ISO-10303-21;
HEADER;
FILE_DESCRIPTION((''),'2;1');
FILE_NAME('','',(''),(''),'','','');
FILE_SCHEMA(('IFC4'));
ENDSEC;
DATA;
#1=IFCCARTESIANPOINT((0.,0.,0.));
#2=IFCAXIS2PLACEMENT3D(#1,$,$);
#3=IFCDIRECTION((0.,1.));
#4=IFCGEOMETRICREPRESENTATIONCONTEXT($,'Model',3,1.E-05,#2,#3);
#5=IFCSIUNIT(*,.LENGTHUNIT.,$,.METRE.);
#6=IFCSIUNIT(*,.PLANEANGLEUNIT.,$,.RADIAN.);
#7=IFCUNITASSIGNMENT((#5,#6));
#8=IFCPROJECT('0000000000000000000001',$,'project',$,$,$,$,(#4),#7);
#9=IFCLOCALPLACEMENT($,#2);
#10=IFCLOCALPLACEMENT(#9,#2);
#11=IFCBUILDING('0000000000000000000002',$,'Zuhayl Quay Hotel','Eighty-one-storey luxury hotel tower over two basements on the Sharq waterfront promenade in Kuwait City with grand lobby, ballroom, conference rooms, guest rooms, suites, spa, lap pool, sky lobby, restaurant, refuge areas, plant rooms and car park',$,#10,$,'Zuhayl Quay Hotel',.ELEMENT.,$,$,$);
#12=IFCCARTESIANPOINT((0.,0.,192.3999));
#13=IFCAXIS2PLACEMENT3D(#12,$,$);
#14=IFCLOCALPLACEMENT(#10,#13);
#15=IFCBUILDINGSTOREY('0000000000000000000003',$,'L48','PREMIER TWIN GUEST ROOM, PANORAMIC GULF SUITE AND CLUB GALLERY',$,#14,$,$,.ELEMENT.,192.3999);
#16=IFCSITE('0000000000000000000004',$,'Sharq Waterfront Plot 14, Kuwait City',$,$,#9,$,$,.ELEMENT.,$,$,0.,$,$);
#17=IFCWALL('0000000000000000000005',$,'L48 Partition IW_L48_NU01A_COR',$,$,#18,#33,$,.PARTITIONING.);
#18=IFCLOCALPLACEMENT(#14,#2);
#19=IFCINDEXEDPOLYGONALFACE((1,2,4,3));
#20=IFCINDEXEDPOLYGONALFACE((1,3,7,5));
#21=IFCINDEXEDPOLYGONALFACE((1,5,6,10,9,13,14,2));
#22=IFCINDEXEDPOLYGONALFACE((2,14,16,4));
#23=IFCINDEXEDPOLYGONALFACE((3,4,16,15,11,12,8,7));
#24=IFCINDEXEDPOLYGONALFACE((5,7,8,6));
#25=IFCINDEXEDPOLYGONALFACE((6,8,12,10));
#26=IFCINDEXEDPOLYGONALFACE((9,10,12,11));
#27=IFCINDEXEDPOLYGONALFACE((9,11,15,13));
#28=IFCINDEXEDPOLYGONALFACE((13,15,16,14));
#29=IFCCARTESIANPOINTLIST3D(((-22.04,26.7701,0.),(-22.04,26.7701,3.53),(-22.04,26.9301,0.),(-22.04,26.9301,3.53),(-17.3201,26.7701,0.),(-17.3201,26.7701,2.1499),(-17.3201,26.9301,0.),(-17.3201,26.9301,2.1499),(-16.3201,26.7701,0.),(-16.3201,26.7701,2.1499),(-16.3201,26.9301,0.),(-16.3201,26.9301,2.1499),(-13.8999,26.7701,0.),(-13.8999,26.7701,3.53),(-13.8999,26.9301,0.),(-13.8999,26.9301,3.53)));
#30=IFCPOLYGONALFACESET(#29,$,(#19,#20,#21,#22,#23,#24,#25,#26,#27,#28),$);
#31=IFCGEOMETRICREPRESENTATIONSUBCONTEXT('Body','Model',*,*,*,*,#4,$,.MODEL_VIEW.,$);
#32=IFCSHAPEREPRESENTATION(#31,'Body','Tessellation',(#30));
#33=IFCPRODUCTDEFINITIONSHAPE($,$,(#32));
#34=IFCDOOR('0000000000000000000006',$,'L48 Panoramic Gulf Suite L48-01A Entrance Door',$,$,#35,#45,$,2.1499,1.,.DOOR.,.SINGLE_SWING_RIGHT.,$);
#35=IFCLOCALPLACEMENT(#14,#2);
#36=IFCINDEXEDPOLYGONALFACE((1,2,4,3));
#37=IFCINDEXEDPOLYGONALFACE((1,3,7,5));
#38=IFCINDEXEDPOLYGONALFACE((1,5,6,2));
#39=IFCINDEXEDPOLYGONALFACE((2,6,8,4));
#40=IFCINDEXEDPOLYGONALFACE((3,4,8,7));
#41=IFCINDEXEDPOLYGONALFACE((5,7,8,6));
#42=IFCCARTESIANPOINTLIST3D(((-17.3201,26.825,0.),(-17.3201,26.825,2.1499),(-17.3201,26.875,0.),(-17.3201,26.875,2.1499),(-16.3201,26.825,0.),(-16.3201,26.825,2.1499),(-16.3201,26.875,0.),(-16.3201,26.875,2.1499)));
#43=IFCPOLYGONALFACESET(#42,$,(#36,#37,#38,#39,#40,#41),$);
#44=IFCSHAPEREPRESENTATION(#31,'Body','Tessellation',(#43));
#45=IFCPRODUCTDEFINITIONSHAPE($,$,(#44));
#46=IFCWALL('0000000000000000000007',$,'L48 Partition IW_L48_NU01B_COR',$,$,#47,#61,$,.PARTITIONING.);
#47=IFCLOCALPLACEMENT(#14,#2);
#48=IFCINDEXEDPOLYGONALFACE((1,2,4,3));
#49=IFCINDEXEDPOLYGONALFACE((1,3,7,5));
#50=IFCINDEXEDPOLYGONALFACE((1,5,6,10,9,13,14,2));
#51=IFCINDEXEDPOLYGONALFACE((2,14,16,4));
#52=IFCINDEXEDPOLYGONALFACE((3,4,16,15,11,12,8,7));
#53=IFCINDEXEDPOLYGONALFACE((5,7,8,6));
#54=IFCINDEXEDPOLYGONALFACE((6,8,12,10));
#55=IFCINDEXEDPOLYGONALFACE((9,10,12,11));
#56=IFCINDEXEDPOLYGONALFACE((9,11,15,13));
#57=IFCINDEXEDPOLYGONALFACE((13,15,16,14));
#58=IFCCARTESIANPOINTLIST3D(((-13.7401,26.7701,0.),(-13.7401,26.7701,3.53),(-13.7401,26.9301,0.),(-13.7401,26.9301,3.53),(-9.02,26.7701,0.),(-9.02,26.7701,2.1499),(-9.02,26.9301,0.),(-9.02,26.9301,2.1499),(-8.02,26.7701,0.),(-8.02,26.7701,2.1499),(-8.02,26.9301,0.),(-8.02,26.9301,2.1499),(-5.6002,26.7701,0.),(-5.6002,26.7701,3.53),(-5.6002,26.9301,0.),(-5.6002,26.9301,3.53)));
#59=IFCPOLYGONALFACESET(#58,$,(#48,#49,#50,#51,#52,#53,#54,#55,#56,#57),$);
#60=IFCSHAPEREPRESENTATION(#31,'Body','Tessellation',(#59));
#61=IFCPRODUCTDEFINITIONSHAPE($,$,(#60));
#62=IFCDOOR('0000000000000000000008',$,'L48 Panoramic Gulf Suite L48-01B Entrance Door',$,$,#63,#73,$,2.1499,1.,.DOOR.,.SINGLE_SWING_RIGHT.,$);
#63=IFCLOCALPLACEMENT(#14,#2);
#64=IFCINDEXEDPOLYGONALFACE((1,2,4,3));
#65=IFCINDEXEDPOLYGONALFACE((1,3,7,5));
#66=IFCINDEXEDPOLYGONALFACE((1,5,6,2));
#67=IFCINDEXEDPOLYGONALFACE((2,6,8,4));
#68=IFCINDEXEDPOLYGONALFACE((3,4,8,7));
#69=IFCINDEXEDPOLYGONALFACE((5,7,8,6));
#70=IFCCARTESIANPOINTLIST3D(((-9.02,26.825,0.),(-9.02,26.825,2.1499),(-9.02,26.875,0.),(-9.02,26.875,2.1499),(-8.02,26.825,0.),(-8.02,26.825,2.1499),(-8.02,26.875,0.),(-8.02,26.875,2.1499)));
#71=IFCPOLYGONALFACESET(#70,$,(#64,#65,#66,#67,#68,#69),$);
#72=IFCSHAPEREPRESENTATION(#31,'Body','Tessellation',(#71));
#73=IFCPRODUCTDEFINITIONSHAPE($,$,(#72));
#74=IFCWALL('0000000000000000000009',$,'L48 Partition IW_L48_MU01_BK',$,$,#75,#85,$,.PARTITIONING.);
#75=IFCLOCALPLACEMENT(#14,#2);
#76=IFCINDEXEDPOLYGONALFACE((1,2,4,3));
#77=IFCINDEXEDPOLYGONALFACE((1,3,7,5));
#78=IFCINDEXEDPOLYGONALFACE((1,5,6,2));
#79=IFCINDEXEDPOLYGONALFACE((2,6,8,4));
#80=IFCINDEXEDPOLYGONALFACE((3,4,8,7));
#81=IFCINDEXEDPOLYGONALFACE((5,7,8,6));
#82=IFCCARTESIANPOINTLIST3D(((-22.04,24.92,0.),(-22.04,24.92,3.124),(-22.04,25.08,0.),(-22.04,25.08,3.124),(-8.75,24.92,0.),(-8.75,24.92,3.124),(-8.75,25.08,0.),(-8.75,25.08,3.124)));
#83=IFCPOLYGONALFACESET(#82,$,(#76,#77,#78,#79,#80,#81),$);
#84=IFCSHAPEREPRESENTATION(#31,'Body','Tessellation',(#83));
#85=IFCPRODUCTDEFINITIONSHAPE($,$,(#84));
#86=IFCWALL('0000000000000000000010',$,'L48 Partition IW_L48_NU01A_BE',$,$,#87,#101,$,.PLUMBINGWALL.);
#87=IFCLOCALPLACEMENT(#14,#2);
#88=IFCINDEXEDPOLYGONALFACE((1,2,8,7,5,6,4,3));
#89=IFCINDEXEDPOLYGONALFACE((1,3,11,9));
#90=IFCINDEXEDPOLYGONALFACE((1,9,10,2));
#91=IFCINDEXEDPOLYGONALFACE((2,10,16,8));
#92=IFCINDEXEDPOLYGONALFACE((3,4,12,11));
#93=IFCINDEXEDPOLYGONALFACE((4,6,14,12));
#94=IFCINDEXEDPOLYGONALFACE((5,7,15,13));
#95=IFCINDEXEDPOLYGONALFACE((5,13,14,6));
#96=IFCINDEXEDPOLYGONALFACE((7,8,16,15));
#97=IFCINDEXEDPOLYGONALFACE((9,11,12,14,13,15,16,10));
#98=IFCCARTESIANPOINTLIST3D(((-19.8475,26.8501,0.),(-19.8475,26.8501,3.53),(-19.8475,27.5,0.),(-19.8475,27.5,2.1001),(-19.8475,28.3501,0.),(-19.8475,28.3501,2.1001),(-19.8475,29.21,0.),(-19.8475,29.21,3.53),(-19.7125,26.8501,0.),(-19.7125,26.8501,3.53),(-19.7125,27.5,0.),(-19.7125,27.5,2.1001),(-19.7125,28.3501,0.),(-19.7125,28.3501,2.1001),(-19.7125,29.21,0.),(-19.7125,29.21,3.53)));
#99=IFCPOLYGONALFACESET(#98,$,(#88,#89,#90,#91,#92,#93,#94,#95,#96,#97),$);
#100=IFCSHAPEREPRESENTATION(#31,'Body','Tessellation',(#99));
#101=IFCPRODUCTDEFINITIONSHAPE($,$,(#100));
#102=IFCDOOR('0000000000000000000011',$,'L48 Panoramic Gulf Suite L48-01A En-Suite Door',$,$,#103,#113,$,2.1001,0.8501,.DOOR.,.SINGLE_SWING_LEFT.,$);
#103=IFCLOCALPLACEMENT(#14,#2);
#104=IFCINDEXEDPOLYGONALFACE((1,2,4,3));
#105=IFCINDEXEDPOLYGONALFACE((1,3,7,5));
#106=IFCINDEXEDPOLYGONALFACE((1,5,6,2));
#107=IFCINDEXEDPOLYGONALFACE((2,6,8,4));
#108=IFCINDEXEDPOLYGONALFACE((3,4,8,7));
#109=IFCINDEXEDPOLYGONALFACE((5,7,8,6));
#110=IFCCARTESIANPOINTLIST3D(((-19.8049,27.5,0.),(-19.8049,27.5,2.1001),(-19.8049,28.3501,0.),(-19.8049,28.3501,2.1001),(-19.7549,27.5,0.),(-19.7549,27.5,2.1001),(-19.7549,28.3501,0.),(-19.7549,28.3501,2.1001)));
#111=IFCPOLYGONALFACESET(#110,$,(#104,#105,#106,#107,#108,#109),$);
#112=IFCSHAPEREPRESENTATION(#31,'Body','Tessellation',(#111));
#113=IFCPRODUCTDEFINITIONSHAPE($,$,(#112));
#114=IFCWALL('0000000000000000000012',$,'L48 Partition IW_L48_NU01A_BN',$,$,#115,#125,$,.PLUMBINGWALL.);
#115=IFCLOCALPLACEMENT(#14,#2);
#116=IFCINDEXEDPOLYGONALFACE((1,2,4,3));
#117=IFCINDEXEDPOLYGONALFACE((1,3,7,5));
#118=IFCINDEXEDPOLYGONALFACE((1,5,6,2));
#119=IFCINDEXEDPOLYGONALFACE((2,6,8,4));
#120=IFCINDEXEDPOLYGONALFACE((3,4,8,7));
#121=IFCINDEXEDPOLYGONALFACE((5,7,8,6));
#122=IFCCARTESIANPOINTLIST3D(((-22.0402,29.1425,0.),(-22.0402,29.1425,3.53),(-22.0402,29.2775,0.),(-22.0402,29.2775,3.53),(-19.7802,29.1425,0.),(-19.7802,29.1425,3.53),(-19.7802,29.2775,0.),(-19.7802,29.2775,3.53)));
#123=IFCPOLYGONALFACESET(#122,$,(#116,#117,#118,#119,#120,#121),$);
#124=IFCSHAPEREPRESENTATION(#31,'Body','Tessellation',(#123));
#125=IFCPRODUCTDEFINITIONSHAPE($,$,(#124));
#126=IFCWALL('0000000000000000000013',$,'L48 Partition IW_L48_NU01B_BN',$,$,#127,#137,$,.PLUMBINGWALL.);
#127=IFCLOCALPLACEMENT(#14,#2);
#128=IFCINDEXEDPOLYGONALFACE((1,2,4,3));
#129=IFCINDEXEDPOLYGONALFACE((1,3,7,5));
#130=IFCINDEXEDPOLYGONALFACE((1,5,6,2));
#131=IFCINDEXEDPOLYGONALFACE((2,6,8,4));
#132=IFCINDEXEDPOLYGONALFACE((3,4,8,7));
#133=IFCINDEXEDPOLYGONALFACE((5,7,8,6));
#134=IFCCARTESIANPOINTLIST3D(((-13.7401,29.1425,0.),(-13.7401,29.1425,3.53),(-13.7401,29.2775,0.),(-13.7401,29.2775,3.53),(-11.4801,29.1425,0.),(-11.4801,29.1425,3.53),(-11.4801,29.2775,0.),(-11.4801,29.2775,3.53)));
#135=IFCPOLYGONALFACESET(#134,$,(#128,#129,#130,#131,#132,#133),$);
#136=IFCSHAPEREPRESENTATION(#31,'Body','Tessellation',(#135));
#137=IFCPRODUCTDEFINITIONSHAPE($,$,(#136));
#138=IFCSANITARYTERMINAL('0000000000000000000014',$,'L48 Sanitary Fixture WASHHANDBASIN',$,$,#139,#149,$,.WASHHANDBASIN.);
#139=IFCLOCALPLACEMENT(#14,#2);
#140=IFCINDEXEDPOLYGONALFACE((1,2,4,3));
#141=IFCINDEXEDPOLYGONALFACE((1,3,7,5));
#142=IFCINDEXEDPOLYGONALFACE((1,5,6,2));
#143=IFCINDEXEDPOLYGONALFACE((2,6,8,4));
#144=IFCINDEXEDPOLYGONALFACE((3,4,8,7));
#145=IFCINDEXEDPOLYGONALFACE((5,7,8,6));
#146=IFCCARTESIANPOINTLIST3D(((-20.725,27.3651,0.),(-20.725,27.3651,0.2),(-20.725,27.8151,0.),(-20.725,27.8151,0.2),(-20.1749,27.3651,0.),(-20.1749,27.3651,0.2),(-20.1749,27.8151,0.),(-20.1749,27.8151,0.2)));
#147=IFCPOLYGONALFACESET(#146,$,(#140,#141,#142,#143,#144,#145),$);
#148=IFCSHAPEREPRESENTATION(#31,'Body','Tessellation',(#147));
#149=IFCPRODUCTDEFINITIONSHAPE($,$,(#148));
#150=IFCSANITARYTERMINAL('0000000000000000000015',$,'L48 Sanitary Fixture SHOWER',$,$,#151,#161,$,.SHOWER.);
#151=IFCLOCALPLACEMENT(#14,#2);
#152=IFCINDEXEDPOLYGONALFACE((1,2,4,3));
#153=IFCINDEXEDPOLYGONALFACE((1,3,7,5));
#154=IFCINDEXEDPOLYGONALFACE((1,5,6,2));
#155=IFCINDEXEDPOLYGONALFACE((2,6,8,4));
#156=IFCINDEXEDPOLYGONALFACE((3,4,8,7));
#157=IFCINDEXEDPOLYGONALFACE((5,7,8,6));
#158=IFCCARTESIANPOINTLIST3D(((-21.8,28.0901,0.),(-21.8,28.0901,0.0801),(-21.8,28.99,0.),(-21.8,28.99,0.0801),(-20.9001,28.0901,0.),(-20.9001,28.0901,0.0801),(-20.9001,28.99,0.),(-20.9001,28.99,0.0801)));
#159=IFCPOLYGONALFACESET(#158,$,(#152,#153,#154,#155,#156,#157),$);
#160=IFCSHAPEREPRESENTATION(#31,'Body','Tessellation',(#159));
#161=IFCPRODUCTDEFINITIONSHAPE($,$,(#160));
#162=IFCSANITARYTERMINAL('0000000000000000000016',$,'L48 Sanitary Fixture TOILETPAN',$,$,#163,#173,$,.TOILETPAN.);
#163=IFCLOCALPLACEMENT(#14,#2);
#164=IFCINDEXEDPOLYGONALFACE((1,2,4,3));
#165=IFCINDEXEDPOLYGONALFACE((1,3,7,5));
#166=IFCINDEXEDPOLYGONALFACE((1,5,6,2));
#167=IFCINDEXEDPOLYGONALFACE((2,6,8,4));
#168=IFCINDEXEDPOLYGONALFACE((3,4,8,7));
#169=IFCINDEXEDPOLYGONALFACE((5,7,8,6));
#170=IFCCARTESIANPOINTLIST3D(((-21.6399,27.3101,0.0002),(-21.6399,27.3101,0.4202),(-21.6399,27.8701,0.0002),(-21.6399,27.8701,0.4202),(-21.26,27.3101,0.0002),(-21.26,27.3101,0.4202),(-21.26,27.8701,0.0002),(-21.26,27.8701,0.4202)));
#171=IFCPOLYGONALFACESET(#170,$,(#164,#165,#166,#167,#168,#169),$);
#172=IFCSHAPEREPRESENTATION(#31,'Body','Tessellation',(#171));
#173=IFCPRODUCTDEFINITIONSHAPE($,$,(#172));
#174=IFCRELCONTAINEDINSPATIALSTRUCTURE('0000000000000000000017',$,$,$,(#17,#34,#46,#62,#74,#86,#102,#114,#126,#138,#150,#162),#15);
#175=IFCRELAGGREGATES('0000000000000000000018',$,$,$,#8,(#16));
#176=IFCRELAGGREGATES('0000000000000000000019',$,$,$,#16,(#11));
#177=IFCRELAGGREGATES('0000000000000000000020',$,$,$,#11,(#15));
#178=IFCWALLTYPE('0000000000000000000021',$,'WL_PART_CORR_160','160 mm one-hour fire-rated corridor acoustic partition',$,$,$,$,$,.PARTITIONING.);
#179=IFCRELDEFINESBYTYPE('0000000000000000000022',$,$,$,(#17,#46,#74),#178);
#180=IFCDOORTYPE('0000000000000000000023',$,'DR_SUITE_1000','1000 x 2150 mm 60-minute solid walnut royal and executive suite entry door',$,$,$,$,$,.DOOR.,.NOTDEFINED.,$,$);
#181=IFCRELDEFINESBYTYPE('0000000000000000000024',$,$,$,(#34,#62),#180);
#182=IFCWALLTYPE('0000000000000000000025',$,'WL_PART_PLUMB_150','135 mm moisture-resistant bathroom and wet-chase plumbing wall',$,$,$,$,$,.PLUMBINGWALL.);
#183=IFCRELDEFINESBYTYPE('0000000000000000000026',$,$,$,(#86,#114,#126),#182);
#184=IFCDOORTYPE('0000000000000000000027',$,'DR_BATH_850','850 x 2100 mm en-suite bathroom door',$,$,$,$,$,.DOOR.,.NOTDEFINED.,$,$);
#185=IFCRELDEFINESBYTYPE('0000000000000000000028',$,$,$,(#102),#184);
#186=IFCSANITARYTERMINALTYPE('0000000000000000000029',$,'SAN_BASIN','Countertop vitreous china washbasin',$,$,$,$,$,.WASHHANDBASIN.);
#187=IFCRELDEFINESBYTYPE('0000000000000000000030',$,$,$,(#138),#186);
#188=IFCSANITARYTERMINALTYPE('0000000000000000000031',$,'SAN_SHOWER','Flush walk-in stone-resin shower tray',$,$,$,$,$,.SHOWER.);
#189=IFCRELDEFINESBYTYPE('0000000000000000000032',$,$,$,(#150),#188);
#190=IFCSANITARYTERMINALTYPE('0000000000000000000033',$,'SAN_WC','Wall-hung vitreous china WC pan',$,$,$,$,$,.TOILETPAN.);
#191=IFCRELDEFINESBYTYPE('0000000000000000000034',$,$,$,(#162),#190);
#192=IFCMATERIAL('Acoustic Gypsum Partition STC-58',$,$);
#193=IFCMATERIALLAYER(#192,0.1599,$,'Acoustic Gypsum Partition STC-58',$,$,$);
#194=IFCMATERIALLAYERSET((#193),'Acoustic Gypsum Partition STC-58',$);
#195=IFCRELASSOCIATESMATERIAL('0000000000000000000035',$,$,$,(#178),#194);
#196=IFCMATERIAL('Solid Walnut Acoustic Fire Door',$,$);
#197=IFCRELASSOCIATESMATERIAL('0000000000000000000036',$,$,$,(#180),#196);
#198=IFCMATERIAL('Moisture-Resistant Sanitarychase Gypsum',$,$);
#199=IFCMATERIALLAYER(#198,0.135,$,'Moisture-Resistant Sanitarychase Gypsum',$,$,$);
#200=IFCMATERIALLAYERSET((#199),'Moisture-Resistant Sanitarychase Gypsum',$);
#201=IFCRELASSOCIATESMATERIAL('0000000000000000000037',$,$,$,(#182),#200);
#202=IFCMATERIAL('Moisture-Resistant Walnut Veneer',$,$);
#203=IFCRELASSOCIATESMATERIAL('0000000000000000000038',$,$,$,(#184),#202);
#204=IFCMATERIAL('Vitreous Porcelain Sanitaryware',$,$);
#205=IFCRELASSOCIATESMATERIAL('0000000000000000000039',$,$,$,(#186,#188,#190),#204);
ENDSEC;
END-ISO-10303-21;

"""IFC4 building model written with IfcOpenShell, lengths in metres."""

from ifc_helpers import new_model, si_unit, direction, frame, frame_2d, origin, origin_2d, place, context, subcontext, project, spatial, rectangle, extrude, material, layer, layer_set, type_object, element, fill, save


model = new_model("IFC4")

# Units and contexts
model_context = context("Model", 3, precision=1e-05, world=origin(), true_north=direction((0.0, 1.0)))
body_context = subcontext(model_context, "Body", "Model", "MODEL_VIEW")
ifc_project = project(units=[si_unit("LENGTHUNIT", "METRE"), si_unit("PLANEANGLEUNIT", "RADIAN")], contexts=[model_context])

# Site, building, storey
site_placement = place(None, origin())
site = spatial("IfcSite", under=ifc_project, at=site_placement, Name="Sharq Waterfront Plot 14, Kuwait City", CompositionType="ELEMENT", RefElevation=0.0)
building_placement = place(site_placement, origin())
building = spatial("IfcBuilding", under=site, at=building_placement, Name="Zuhayl Quay Hotel", Description="Eighty-one-storey luxury hotel tower over two basements on the Sharq waterfront promenade in Kuwait City with grand lobby, ballroom, conference rooms, guest rooms, suites, spa, lap pool, sky lobby, restaurant, refuge areas, plant rooms and car park", LongName="Zuhayl Quay Hotel", CompositionType="ELEMENT")
storey_placement = place(building_placement, frame((0.0, 0.0, 192.3999)))
storey = spatial("IfcBuildingStorey", under=building, at=storey_placement, Name="L48", Description="PREMIER TWIN GUEST ROOM, PANORAMIC GULF SUITE AND CLUB GALLERY", CompositionType="ELEMENT", Elevation=192.3999)

# Shared definitions
ifc_material_1 = material(Name="Acoustic Gypsum Partition STC-58")

# Walls, openings, doors
ifc_layer_1 = layer(ifc_material_1, 0.1599, Name="Acoustic Gypsum Partition STC-58")
ifc_layer_set_1 = layer_set([ifc_layer_1], Name="Acoustic Gypsum Partition STC-58")
wall_type_1 = type_object("IfcWallType", Name="WL_PART_CORR_160", Description="160 mm one-hour fire-rated corridor acoustic partition", PredefinedType="PARTITIONING", material=ifc_layer_set_1)
wall_1_placement = place(storey_placement, frame((-22.04, 26.8501, 0.0), z_axis=(0.0, 0.0, 1.0), x_axis=(1.0, 0.0, 0.0)))
wall_1 = element("IfcWall", 1, at=wall_1_placement, inside=storey, type_object=wall_type_1, Name="L48 Partition IW_L48_NU01A_COR", PredefinedType="PARTITIONING", context=body_context, shape_type="SweptSolid", body=[
    extrude(rectangle(XDim=8.1401, YDim=0.1599, at=frame_2d((4.0701, 0.0))), origin(), (0.0, 0.0, 1.0), 3.53),
])
opening_1_placement = place(wall_1_placement, frame((4.72, 0.0, 0.0)))
opening_1 = element("IfcOpeningElement", 2, at=opening_1_placement, cuts=wall_1, PredefinedType="OPENING", context=body_context, shape_type="SweptSolid", body=[
    extrude(rectangle(XDim=1.0, YDim=2.1499, at=frame_2d((0.5, 1.075))), frame((0.0, 0.0898, 0.0), z_axis=(0.0, -1.0, 0.0), x_axis=(1.0, 0.0, 0.0)), (0.0, 0.0, 1.0), 0.1799),
])
ifc_material_2 = material(Name="Solid Walnut Acoustic Fire Door")
door_type_1 = type_object("IfcDoorType", Name="DR_SUITE_1000", Description="1000 x 2150 mm 60-minute solid walnut royal and executive suite entry door", OperationType="NOTDEFINED", PredefinedType="DOOR", material=ifc_material_2)
door_1_placement = place(opening_1_placement, origin())
door_1 = element("IfcDoor", 3, at=door_1_placement, inside=storey, type_object=door_type_1, Name="L48 Panoramic Gulf Suite L48-01A Entrance Door", OperationType="SINGLE_SWING_RIGHT", OverallHeight=2.1499, OverallWidth=1.0, PredefinedType="DOOR", context=body_context, shape_type="SweptSolid", body=[
    extrude(rectangle(XDim=1.0, YDim=2.1499, at=frame_2d((0.5, 1.075))), frame((0.0, 0.0249, 0.0), z_axis=(0.0, -1.0, 0.0), x_axis=(1.0, 0.0, 0.0)), (0.0, 0.0, 1.0), 0.05),
])
fill(opening_1, door_1)
wall_2_placement = place(storey_placement, frame((-13.74, 26.8501, 0.0), z_axis=(0.0, 0.0, 1.0), x_axis=(1.0, 0.0, 0.0)))
wall_2 = element("IfcWall", 4, at=wall_2_placement, inside=storey, type_object=wall_type_1, Name="L48 Partition IW_L48_NU01B_COR", PredefinedType="PARTITIONING", context=body_context, shape_type="SweptSolid", body=[
    extrude(rectangle(XDim=8.1399, YDim=0.1599, at=frame_2d((4.0698, 0.0))), origin(), (0.0, 0.0, 1.0), 3.53),
])
opening_2_placement = place(wall_2_placement, frame((4.72, 0.0, 0.0)))
opening_2 = element("IfcOpeningElement", 5, at=opening_2_placement, cuts=wall_2, PredefinedType="OPENING", context=body_context, shape_type="SweptSolid", body=[
    extrude(rectangle(XDim=1.0, YDim=2.1499, at=frame_2d((0.5, 1.075))), frame((0.0, 0.0898, 0.0), z_axis=(0.0, -1.0, 0.0), x_axis=(1.0, 0.0, 0.0)), (0.0, 0.0, 1.0), 0.1799),
])
door_2_placement = place(opening_2_placement, origin())
door_2 = element("IfcDoor", 6, at=door_2_placement, inside=storey, type_object=door_type_1, Name="L48 Panoramic Gulf Suite L48-01B Entrance Door", OperationType="SINGLE_SWING_RIGHT", OverallHeight=2.1499, OverallWidth=1.0, PredefinedType="DOOR", context=body_context, shape_type="SweptSolid", body=[
    extrude(rectangle(XDim=1.0, YDim=2.1499, at=frame_2d((0.5, 1.075))), frame((0.0, 0.0249, 0.0), z_axis=(0.0, -1.0, 0.0), x_axis=(1.0, 0.0, 0.0)), (0.0, 0.0, 1.0), 0.05),
])
fill(opening_2, door_2)

# Wall
wall_3_placement = place(storey_placement, frame((-22.04, 25.0, 0.0), z_axis=(0.0, 0.0, 1.0), x_axis=(1.0, 0.0, 0.0)))
element("IfcWall", 7, at=wall_3_placement, inside=storey, type_object=wall_type_1, Name="L48 Partition IW_L48_MU01_BK", PredefinedType="PARTITIONING", context=body_context, shape_type="SweptSolid", body=[
    extrude(rectangle(XDim=13.29, YDim=0.1599, at=frame_2d((6.645, 0.0))), origin(), (0.0, 0.0, 1.0), 3.124),
])

# Wall, opening, door
ifc_material_3 = material(Name="Moisture-Resistant Sanitarychase Gypsum")
ifc_layer_2 = layer(ifc_material_3, 0.135, Name="Moisture-Resistant Sanitarychase Gypsum")
ifc_layer_set_2 = layer_set([ifc_layer_2], Name="Moisture-Resistant Sanitarychase Gypsum")
wall_type_2 = type_object("IfcWallType", Name="WL_PART_PLUMB_150", Description="135 mm moisture-resistant bathroom and wet-chase plumbing wall", PredefinedType="PLUMBINGWALL", material=ifc_layer_set_2)
wall_4_placement = place(storey_placement, frame((-19.78, 26.8501, 0.0), z_axis=(0.0, 0.0, 1.0), x_axis=(0.0, 1.0, 0.0)))
wall_4 = element("IfcWall", 8, at=wall_4_placement, inside=storey, type_object=wall_type_2, Name="L48 Partition IW_L48_NU01A_BE", PredefinedType="PLUMBINGWALL", context=body_context, shape_type="SweptSolid", body=[
    extrude(rectangle(XDim=2.3599, YDim=0.135, at=frame_2d((1.1799, 0.0))), origin(), (0.0, 0.0, 1.0), 3.53),
])
opening_3_placement = place(wall_4_placement, frame((0.6499, 0.0, 0.0)))
opening_3 = element("IfcOpeningElement", 9, at=opening_3_placement, cuts=wall_4, PredefinedType="OPENING", context=body_context, shape_type="SweptSolid", body=[
    extrude(rectangle(XDim=0.8501, YDim=2.1001, at=frame_2d((0.425, 1.05))), frame((0.0, 0.0774, 0.0), z_axis=(0.0, -1.0, 0.0), x_axis=(1.0, 0.0, 0.0)), (0.0, 0.0, 1.0), 0.155),
])
ifc_material_4 = material(Name="Moisture-Resistant Walnut Veneer")
door_type_2 = type_object("IfcDoorType", Name="DR_BATH_850", Description="850 x 2100 mm en-suite bathroom door", OperationType="NOTDEFINED", PredefinedType="DOOR", material=ifc_material_4)
door_3_placement = place(opening_3_placement, origin())
door_3 = element("IfcDoor", 10, at=door_3_placement, inside=storey, type_object=door_type_2, Name="L48 Panoramic Gulf Suite L48-01A En-Suite Door", OperationType="SINGLE_SWING_LEFT", OverallHeight=2.1001, OverallWidth=0.8501, PredefinedType="DOOR", context=body_context, shape_type="SweptSolid", body=[
    extrude(rectangle(XDim=0.8501, YDim=2.1001, at=frame_2d((0.425, 1.05))), frame((0.0, 0.0249, 0.0), z_axis=(0.0, -1.0, 0.0), x_axis=(1.0, 0.0, 0.0)), (0.0, 0.0, 1.0), 0.05),
])
fill(opening_3, door_3)

# Walls
for number, where, z_axis, x_axis, name in (
    (11, (-22.04, 29.21, 0.0), (0.0, 0.0, 1.0), (1.0, 0.0, 0.0), "L48 Partition IW_L48_NU01A_BN"),
    (12, (-13.74, 29.21, 0.0), (0.0, 0.0, 1.0), (1.0, 0.0, 0.0), "L48 Partition IW_L48_NU01B_BN"),
):
    element("IfcWall", number, at=place(storey_placement, frame(where, z_axis=z_axis, x_axis=x_axis)), inside=storey, type_object=wall_type_2, Name=name, PredefinedType="PLUMBINGWALL", context=body_context, shape_type="SweptSolid", body=[
        extrude(rectangle(XDim=2.26, YDim=0.135, at=frame_2d((1.1299, 0.0))), origin(), (0.0, 0.0, 1.0), 3.53),
    ])

# Sanitary terminals
ifc_material_5 = material(Name="Vitreous Porcelain Sanitaryware")
sanitary_terminal_type_1 = type_object("IfcSanitaryTerminalType", Name="SAN_BASIN", Description="Countertop vitreous china washbasin", PredefinedType="WASHHANDBASIN", material=ifc_material_5)
sanitary_terminal_1_placement = place(storey_placement, frame((-20.45, 27.5901, 0.0), z_axis=(0.0, 0.0, 1.0), x_axis=(1.0, 0.0, 0.0)))
element("IfcSanitaryTerminal", 13, at=sanitary_terminal_1_placement, inside=storey, type_object=sanitary_terminal_type_1, Name="L48 Sanitary Fixture WASHHANDBASIN", PredefinedType="WASHHANDBASIN", context=body_context, shape_type="SweptSolid", body=[
    extrude(rectangle(XDim=0.55, YDim=0.45, at=origin_2d()), origin(), (0.0, 0.0, 1.0), 0.2),
])
sanitary_terminal_type_2 = type_object("IfcSanitaryTerminalType", Name="SAN_SHOWER", Description="Flush walk-in stone-resin shower tray", PredefinedType="SHOWER", material=ifc_material_5)
sanitary_terminal_2_placement = place(storey_placement, frame((-21.3501, 28.54, 0.0), z_axis=(0.0, 0.0, 1.0), x_axis=(1.0, 0.0, 0.0)))
element("IfcSanitaryTerminal", 14, at=sanitary_terminal_2_placement, inside=storey, type_object=sanitary_terminal_type_2, Name="L48 Sanitary Fixture SHOWER", PredefinedType="SHOWER", context=body_context, shape_type="SweptSolid", body=[
    extrude(rectangle(XDim=0.8999, YDim=0.8999, at=origin_2d()), origin(), (0.0, 0.0, 1.0), 0.0801),
])
sanitary_terminal_type_3 = type_object("IfcSanitaryTerminalType", Name="SAN_WC", Description="Wall-hung vitreous china WC pan", PredefinedType="TOILETPAN", material=ifc_material_5)
sanitary_terminal_3_placement = place(storey_placement, frame((-21.45, 27.5901, 0.0002), z_axis=(0.0, 0.0, 1.0), x_axis=(1.0, 0.0, 0.0)))
element("IfcSanitaryTerminal", 15, at=sanitary_terminal_3_placement, inside=storey, type_object=sanitary_terminal_type_3, Name="L48 Sanitary Fixture TOILETPAN", PredefinedType="TOILETPAN", context=body_context, shape_type="SweptSolid", body=[
    extrude(rectangle(XDim=0.3799, YDim=0.5601, at=origin_2d()), origin(), (0.0, 0.0, 1.0), 0.4199),
])

save(model, "model.ifc")
